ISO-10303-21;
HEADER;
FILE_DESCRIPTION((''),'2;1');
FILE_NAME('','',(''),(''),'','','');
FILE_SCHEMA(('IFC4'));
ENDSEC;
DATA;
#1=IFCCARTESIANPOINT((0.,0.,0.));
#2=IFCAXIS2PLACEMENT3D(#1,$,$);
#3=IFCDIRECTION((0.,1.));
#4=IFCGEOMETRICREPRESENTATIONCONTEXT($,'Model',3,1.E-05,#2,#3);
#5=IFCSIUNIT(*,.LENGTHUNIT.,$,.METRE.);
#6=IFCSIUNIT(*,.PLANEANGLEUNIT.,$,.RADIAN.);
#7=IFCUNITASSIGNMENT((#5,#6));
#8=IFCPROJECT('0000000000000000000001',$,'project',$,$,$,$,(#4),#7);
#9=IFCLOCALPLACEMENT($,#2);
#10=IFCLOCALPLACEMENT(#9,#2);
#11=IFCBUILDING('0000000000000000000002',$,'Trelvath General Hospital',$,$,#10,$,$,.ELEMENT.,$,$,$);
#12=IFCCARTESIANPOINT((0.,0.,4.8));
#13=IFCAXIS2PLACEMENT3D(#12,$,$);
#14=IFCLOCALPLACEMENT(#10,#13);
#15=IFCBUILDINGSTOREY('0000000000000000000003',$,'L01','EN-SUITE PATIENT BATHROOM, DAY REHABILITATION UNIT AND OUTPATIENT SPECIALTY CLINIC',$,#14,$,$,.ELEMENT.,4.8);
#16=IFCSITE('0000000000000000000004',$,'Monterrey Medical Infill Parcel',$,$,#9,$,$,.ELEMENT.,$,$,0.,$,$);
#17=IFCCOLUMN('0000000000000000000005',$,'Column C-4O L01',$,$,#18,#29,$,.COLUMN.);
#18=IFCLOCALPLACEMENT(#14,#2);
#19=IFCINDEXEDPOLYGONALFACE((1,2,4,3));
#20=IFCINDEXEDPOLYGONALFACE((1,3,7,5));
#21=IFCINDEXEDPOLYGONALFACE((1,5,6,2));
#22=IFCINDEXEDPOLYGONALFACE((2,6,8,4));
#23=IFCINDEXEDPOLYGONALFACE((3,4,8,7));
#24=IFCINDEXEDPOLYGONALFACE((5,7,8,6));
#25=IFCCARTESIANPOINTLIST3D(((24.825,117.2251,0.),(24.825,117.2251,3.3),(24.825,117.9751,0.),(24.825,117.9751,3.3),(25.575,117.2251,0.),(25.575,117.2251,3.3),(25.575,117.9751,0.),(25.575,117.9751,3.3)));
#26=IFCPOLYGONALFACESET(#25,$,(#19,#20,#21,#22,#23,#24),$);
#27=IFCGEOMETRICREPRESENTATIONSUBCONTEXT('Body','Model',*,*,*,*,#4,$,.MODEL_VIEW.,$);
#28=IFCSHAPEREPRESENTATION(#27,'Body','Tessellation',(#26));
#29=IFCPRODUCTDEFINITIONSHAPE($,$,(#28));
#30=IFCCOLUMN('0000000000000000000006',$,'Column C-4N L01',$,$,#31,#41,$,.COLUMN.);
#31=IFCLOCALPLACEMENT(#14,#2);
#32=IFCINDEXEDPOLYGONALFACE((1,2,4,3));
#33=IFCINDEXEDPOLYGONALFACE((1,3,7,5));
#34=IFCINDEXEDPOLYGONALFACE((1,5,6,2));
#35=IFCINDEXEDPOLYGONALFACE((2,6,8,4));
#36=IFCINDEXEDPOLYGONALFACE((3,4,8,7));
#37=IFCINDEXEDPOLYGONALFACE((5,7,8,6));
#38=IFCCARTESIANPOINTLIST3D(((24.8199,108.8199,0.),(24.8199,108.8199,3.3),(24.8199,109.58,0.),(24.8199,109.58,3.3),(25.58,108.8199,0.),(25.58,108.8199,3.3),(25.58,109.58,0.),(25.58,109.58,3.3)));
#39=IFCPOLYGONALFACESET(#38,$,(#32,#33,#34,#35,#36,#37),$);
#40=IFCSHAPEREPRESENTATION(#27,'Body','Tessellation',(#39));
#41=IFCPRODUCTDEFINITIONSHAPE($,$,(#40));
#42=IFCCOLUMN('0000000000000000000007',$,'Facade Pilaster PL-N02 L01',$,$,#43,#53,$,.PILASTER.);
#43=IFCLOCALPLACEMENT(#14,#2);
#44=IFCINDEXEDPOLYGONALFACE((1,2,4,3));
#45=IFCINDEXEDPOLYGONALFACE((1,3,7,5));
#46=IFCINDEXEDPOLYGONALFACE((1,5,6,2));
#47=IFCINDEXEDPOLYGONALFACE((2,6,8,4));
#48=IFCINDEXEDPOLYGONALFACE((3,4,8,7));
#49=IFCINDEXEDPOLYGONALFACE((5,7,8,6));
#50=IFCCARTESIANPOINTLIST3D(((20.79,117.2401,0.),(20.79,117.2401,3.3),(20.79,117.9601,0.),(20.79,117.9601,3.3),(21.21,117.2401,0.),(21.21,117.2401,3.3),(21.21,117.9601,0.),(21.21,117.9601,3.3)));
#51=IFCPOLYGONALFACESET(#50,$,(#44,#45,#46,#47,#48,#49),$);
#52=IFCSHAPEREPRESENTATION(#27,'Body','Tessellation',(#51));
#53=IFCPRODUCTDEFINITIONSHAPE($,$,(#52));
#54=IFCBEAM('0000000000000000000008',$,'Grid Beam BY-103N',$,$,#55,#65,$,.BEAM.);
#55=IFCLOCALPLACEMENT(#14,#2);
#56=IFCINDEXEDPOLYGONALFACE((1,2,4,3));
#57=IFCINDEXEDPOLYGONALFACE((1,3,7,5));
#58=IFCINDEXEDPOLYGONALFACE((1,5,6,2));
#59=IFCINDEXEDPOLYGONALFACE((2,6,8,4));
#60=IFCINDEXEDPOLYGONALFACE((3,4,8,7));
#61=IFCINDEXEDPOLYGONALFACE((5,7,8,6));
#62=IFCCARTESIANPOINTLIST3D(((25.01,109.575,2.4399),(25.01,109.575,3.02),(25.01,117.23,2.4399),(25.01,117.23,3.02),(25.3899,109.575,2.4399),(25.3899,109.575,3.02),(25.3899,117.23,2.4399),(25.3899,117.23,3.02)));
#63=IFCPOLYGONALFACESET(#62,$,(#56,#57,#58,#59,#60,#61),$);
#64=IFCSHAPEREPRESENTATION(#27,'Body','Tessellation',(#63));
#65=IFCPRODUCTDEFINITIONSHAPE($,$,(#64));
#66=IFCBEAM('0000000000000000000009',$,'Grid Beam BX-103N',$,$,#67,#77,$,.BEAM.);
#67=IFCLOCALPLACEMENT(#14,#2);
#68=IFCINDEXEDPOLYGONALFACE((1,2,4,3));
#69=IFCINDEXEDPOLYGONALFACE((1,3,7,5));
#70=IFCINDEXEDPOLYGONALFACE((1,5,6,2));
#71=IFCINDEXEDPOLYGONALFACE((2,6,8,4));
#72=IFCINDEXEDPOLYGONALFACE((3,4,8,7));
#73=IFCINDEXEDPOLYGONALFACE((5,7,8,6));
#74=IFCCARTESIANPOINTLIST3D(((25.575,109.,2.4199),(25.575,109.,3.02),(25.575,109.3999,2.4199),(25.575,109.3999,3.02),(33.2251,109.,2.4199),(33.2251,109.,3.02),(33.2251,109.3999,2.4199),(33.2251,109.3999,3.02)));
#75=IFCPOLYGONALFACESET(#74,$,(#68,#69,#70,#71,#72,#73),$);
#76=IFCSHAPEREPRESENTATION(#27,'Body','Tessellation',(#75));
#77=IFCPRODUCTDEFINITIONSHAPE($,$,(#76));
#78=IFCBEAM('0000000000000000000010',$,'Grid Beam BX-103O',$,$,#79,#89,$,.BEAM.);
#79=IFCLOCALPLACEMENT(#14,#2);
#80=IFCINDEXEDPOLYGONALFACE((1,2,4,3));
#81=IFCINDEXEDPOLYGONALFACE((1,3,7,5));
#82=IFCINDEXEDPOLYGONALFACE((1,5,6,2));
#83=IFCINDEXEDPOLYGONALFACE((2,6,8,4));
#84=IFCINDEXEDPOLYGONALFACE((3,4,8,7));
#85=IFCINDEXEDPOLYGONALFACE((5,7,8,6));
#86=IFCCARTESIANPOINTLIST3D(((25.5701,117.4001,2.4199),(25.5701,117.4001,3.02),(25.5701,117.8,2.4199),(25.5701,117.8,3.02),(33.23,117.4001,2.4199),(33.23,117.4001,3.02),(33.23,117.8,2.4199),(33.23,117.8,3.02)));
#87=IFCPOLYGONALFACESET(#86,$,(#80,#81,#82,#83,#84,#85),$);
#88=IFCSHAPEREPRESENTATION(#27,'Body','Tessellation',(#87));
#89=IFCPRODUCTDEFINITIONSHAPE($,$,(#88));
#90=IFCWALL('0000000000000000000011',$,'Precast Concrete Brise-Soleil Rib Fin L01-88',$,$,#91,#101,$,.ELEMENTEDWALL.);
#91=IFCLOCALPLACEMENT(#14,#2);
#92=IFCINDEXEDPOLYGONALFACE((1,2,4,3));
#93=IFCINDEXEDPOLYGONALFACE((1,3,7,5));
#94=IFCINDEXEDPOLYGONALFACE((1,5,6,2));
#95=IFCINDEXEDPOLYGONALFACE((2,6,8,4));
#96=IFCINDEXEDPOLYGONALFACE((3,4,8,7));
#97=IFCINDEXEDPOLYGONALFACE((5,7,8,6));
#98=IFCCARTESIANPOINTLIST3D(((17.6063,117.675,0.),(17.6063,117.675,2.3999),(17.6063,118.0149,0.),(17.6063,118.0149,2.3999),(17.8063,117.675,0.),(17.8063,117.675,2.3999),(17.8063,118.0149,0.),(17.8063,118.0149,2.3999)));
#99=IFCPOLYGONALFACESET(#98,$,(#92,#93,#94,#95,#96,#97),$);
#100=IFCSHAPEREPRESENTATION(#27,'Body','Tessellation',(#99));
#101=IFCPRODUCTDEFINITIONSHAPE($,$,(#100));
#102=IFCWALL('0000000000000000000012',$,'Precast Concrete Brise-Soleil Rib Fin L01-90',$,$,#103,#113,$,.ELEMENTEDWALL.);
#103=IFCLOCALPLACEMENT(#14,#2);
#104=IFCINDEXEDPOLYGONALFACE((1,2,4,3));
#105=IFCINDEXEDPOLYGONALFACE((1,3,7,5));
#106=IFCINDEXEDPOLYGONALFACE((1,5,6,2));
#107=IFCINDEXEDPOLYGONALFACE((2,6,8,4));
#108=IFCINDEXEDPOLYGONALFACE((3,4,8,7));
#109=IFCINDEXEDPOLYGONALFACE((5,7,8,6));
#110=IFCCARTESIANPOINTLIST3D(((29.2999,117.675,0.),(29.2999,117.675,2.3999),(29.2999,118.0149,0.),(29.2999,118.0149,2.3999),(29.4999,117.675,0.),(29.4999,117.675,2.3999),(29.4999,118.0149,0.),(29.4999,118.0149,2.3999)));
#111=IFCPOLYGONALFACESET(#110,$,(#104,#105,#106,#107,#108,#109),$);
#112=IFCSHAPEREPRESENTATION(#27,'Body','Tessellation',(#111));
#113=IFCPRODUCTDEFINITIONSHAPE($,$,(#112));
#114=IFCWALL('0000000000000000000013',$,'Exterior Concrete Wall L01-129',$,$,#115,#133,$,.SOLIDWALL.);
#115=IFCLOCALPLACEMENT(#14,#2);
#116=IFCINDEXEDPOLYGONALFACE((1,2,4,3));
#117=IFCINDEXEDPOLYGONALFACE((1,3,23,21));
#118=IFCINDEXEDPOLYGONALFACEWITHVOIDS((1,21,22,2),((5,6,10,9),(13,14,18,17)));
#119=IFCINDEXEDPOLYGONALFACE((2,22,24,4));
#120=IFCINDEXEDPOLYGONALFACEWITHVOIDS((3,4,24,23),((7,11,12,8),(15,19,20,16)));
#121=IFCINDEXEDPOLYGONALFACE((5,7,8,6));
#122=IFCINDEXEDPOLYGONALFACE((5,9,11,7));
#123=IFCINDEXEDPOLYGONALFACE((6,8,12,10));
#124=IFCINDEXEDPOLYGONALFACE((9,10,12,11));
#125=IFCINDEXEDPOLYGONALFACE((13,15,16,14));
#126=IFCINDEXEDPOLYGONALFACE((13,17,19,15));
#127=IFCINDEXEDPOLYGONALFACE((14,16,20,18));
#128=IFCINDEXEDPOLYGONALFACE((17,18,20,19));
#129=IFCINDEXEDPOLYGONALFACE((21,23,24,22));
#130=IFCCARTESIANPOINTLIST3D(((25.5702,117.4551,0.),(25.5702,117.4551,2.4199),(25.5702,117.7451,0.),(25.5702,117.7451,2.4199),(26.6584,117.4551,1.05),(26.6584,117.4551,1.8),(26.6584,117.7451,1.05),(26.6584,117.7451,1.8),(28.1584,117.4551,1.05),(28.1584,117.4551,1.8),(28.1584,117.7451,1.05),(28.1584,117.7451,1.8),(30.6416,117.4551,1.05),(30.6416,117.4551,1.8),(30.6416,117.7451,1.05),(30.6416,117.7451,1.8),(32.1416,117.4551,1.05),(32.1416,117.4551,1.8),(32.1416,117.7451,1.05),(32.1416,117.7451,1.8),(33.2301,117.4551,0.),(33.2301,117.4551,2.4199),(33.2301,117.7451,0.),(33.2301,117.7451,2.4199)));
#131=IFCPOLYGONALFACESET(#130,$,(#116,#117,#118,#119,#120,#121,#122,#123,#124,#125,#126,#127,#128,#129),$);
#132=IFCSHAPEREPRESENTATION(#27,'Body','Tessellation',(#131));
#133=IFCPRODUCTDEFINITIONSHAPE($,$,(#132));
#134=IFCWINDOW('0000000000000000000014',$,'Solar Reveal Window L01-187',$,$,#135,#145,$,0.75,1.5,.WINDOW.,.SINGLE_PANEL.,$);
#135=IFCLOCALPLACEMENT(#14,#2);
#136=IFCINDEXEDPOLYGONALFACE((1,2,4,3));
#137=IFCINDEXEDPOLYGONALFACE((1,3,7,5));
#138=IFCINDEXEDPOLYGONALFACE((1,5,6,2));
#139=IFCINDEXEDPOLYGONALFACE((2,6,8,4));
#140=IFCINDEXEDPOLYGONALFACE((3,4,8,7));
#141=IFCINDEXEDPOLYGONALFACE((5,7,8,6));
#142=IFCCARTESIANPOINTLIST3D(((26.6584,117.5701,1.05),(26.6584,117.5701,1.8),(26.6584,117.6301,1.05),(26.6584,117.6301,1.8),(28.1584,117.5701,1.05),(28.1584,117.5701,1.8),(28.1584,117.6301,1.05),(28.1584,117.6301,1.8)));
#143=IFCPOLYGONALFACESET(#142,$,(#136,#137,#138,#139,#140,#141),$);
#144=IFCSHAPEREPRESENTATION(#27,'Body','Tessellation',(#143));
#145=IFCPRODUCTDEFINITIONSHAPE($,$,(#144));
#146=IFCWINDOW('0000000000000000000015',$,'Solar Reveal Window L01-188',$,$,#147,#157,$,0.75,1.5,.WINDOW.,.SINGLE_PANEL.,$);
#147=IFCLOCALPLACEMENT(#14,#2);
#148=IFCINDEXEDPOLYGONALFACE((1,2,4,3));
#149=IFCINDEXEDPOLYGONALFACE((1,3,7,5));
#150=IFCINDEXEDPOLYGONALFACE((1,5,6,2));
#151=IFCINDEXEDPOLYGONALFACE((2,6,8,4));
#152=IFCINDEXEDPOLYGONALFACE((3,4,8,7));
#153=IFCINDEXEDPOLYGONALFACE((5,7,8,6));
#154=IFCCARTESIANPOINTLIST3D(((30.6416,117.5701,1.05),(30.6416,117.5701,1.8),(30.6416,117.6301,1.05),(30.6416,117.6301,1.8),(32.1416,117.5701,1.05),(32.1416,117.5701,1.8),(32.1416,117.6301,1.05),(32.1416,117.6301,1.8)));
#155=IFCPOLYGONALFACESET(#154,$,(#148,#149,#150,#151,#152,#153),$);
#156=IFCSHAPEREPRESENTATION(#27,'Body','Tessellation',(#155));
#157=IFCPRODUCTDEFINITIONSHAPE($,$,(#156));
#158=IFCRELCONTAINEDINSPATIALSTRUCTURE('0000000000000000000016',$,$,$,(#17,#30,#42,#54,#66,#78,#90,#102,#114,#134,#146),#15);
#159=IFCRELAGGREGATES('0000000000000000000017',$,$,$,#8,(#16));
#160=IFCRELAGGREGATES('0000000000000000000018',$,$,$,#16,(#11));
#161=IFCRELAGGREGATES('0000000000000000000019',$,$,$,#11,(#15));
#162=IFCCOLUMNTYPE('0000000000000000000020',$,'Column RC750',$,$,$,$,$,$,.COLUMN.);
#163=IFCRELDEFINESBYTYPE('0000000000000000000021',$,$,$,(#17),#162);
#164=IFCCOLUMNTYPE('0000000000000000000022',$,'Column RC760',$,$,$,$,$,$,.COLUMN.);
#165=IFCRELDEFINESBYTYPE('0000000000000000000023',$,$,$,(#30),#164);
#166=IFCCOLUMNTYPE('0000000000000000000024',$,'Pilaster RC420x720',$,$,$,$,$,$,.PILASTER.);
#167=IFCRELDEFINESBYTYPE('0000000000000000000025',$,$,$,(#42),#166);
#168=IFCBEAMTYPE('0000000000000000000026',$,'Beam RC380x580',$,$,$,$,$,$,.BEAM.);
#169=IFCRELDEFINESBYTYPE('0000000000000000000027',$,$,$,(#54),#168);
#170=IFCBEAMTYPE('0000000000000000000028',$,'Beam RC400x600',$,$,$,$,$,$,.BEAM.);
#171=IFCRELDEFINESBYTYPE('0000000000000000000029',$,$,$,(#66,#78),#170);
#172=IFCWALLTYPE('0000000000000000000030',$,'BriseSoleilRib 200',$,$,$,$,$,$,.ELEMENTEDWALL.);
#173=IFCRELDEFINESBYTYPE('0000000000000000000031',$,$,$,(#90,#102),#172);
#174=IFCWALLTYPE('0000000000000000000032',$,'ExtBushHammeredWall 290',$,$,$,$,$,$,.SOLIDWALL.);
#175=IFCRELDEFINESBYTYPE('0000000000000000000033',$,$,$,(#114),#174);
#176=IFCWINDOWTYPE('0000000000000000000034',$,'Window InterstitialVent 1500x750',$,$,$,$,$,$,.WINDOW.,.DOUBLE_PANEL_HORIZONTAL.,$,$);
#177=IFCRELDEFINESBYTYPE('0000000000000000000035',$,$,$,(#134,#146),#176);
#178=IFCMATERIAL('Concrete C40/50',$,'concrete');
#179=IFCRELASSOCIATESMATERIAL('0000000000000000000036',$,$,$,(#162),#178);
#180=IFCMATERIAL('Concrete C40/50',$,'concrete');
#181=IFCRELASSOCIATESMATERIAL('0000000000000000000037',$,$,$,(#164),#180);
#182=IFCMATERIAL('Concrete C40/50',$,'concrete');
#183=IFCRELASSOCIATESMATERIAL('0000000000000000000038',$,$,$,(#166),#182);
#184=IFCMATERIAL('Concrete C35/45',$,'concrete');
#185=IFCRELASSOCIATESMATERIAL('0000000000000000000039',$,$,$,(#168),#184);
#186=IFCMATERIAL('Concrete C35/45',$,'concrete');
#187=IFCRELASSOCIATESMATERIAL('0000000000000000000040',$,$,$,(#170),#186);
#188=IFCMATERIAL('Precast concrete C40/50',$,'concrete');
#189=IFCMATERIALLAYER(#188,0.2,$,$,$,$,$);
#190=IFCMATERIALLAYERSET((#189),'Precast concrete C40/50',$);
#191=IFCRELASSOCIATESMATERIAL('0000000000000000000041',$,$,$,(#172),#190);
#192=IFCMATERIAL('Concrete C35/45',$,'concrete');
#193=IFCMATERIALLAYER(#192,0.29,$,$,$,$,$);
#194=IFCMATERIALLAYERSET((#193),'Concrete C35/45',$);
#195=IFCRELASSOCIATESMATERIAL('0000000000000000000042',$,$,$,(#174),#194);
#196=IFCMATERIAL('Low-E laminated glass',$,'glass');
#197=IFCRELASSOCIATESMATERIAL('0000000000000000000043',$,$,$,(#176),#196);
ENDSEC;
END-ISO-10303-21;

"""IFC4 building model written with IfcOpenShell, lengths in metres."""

from ifc_helpers import new_model, si_unit, direction, frame, frame_2d, origin, origin_2d, place, context, subcontext, project, spatial, rectangle, extrude, material, layer, layer_set, material_profile, profile_set, type_object, element, fill, save


model = new_model("IFC4")

# Units and contexts
model_context = context("Model", 3, precision=1e-05, world=origin(), true_north=direction((0.0, 1.0)))
body_context = subcontext(model_context, "Body", "Model", "MODEL_VIEW")
ifc_project = project(units=[si_unit("LENGTHUNIT", "METRE"), si_unit("PLANEANGLEUNIT", "RADIAN")], contexts=[model_context])

# Site, building, storey
site_placement = place(None, origin())
site = spatial("IfcSite", under=ifc_project, at=site_placement, Name="Monterrey Medical Infill Parcel", CompositionType="ELEMENT", RefElevation=0.0)
building_placement = place(site_placement, origin())
building = spatial("IfcBuilding", under=site, at=building_placement, Name="Trelvath General Hospital", CompositionType="ELEMENT")
storey_placement = place(building_placement, frame((0.0, 0.0, 4.8)))
storey = spatial("IfcBuildingStorey", under=building, at=storey_placement, Name="L01", Description="EN-SUITE PATIENT BATHROOM, DAY REHABILITATION UNIT AND OUTPATIENT SPECIALTY CLINIC", CompositionType="ELEMENT", Elevation=4.8)

# Columns
ifc_material_1 = material(Name="Concrete C40/50", Category="concrete")
ifc_material_profile_1 = material_profile(ifc_material_1, rectangle(XDim=0.75, YDim=0.75, at=origin_2d()), Name="RC750x750")
ifc_profile_set_1 = profile_set([ifc_material_profile_1], Name="Concrete C40/50")
column_type_1 = type_object("IfcColumnType", Name="Column RC750", PredefinedType="COLUMN", material=ifc_profile_set_1)
column_1_placement = place(storey_placement, frame((25.2, 117.6001, 0.0), z_axis=(0.0, 0.0, 1.0), x_axis=(1.0, 0.0, 0.0)))
element("IfcColumn", 1, at=column_1_placement, inside=storey, type_object=column_type_1, Name="Column C-4O L01", PredefinedType="COLUMN", context=body_context, shape_type="SweptSolid", body=[
    extrude(rectangle(XDim=0.75, YDim=0.75, at=origin_2d()), origin(), (0.0, 0.0, 1.0), 3.3),
])
ifc_material_2 = material(Name="Concrete C40/50", Category="concrete")
ifc_material_profile_2 = material_profile(ifc_material_2, rectangle(XDim=0.76, YDim=0.76, at=origin_2d()), Name="RC760x760")
ifc_profile_set_2 = profile_set([ifc_material_profile_2], Name="Concrete C40/50")
column_type_2 = type_object("IfcColumnType", Name="Column RC760", PredefinedType="COLUMN", material=ifc_profile_set_2)
column_2_placement = place(storey_placement, frame((25.2, 109.2, 0.0), z_axis=(0.0, 0.0, 1.0), x_axis=(1.0, 0.0, 0.0)))
element("IfcColumn", 2, at=column_2_placement, inside=storey, type_object=column_type_2, Name="Column C-4N L01", PredefinedType="COLUMN", context=body_context, shape_type="SweptSolid", body=[
    extrude(rectangle(XDim=0.76, YDim=0.76, at=origin_2d()), origin(), (0.0, 0.0, 1.0), 3.3),
])
ifc_material_3 = material(Name="Concrete C40/50", Category="concrete")
ifc_material_profile_3 = material_profile(ifc_material_3, rectangle(XDim=0.4199, YDim=0.72, at=origin_2d()), Name="RC420x720")
ifc_profile_set_3 = profile_set([ifc_material_profile_3], Name="Concrete C40/50")
column_type_3 = type_object("IfcColumnType", Name="Pilaster RC420x720", PredefinedType="PILASTER", material=ifc_profile_set_3)
column_3_placement = place(storey_placement, frame((21.0, 117.6001, 0.0), z_axis=(0.0, 0.0, 1.0), x_axis=(1.0, 0.0, 0.0)))
element("IfcColumn", 3, at=column_3_placement, inside=storey, type_object=column_type_3, Name="Facade Pilaster PL-N02 L01", PredefinedType="PILASTER", context=body_context, shape_type="SweptSolid", body=[
    extrude(rectangle(XDim=0.4199, YDim=0.72, at=origin_2d()), origin(), (0.0, 0.0, 1.0), 3.3),
])

# Beams
ifc_material_4 = material(Name="Concrete C35/45", Category="concrete")
ifc_material_profile_4 = material_profile(ifc_material_4, rectangle(XDim=0.3799, YDim=0.5801, at=origin_2d()), Name="RCB380x580")
ifc_profile_set_4 = profile_set([ifc_material_profile_4], Name="Concrete C35/45")
beam_type_1 = type_object("IfcBeamType", Name="Beam RC380x580", PredefinedType="BEAM", material=ifc_profile_set_4)
beam_1_placement = place(storey_placement, frame((25.2, 109.575, 2.73), z_axis=(0.0, 1.0, 0.0), x_axis=(-1.0, 0.0, 0.0)))
element("IfcBeam", 4, at=beam_1_placement, inside=storey, type_object=beam_type_1, Name="Grid Beam BY-103N", PredefinedType="BEAM", context=body_context, shape_type="SweptSolid", body=[
    extrude(rectangle(XDim=0.3799, YDim=0.5801, at=origin_2d()), origin(), (0.0, 0.0, 1.0), 7.655),
])
ifc_material_5 = material(Name="Concrete C35/45", Category="concrete")
ifc_material_profile_5 = material_profile(ifc_material_5, rectangle(XDim=0.3999, YDim=0.6001, at=origin_2d()), Name="RCB400x600")
ifc_profile_set_5 = profile_set([ifc_material_profile_5], Name="Concrete C35/45")
beam_type_2 = type_object("IfcBeamType", Name="Beam RC400x600", PredefinedType="BEAM", material=ifc_profile_set_5)
beam_2_placement = place(storey_placement, frame((25.575, 109.2, 2.72), z_axis=(1.0, 0.0, 0.0), x_axis=(0.0, 1.0, 0.0)))
element("IfcBeam", 5, at=beam_2_placement, inside=storey, type_object=beam_type_2, Name="Grid Beam BX-103N", PredefinedType="BEAM", context=body_context, shape_type="SweptSolid", body=[
    extrude(rectangle(XDim=0.3999, YDim=0.6001, at=origin_2d()), origin(), (0.0, 0.0, 1.0), 7.6501),
])
beam_3_placement = place(storey_placement, frame((25.5701, 117.6001, 2.72), z_axis=(1.0, 0.0, 0.0), x_axis=(0.0, 1.0, 0.0)))
element("IfcBeam", 6, at=beam_3_placement, inside=storey, type_object=beam_type_2, Name="Grid Beam BX-103O", PredefinedType="BEAM", context=body_context, shape_type="SweptSolid", body=[
    extrude(rectangle(XDim=0.3999, YDim=0.6001, at=origin_2d()), origin(), (0.0, 0.0, 1.0), 7.6599),
])

# Walls
ifc_material_6 = material(Name="Precast concrete C40/50", Category="concrete")
ifc_layer_1 = layer(ifc_material_6, 0.2)
ifc_layer_set_1 = layer_set([ifc_layer_1], Name="Precast concrete C40/50")
wall_type_1 = type_object("IfcWallType", Name="BriseSoleilRib 200", PredefinedType="ELEMENTEDWALL", material=ifc_layer_set_1)
for number, where, z_axis, x_axis, name in (
    (7, (17.7063, 117.675, 0.0), (0.0, 0.0, 1.0), (0.0, 1.0, 0.0), "Precast Concrete Brise-Soleil Rib Fin L01-88"),
    (8, (29.3999, 117.675, 0.0), (0.0, 0.0, 1.0), (0.0, 1.0, 0.0), "Precast Concrete Brise-Soleil Rib Fin L01-90"),
):
    element("IfcWall", number, at=place(storey_placement, frame(where, z_axis=z_axis, x_axis=x_axis)), inside=storey, type_object=wall_type_1, Name=name, PredefinedType="ELEMENTEDWALL", context=body_context, shape_type="SweptSolid", body=[
        extrude(rectangle(XDim=0.3398, YDim=0.2, at=frame_2d((0.1699, 0.0))), origin(), (0.0, 0.0, 1.0), 2.3999),
    ])

# Wall, openings, windows
ifc_material_7 = material(Name="Concrete C35/45", Category="concrete")
ifc_layer_2 = layer(ifc_material_7, 0.29)
ifc_layer_set_2 = layer_set([ifc_layer_2], Name="Concrete C35/45")
wall_type_2 = type_object("IfcWallType", Name="ExtBushHammeredWall 290", PredefinedType="SOLIDWALL", material=ifc_layer_set_2)
wall_1_placement = place(storey_placement, frame((25.5701, 117.6001, 0.0), z_axis=(0.0, 0.0, 1.0), x_axis=(1.0, 0.0, 0.0)))
wall_1 = element("IfcWall", 9, at=wall_1_placement, inside=storey, type_object=wall_type_2, Name="Exterior Concrete Wall L01-129", PredefinedType="SOLIDWALL", context=body_context, shape_type="SweptSolid", body=[
    extrude(rectangle(XDim=7.6599, YDim=0.29, at=frame_2d((3.8301, 0.0))), origin(), (0.0, 0.0, 1.0), 2.4199),
])
opening_1_placement = place(wall_1_placement, frame((1.0884, 0.0, 1.05)))
opening_1 = element("IfcOpeningElement", 10, at=opening_1_placement, cuts=wall_1, PredefinedType="OPENING", context=body_context, shape_type="SweptSolid", body=[
    extrude(rectangle(XDim=1.5, YDim=0.75, at=frame_2d((0.75, 0.375))), frame((0.0, 0.155, 0.0), z_axis=(0.0, -1.0, 0.0), x_axis=(1.0, 0.0, 0.0)), (0.0, 0.0, 1.0), 0.3101),
])
opening_2_placement = place(wall_1_placement, frame((5.0715, 0.0, 1.05)))
opening_2 = element("IfcOpeningElement", 11, at=opening_2_placement, cuts=wall_1, PredefinedType="OPENING", context=body_context, shape_type="SweptSolid", body=[
    extrude(rectangle(XDim=1.5, YDim=0.75, at=frame_2d((0.75, 0.375))), frame((0.0, 0.155, 0.0), z_axis=(0.0, -1.0, 0.0), x_axis=(1.0, 0.0, 0.0)), (0.0, 0.0, 1.0), 0.3101),
])
ifc_material_8 = material(Name="Low-E laminated glass", Category="glass")
window_type = type_object("IfcWindowType", Name="Window InterstitialVent 1500x750", PartitioningType="DOUBLE_PANEL_HORIZONTAL", PredefinedType="WINDOW", material=ifc_material_8)
window_1_placement = place(opening_1_placement, origin())
window_1 = element("IfcWindow", 12, at=window_1_placement, inside=storey, type_object=window_type, Name="Solar Reveal Window L01-187", OverallHeight=0.75, OverallWidth=1.5, PartitioningType="SINGLE_PANEL", PredefinedType="WINDOW", context=body_context, shape_type="SweptSolid", body=[
    extrude(rectangle(XDim=1.5, YDim=0.75, at=frame_2d((0.75, 0.375))), frame((0.0, 0.03, 0.0), z_axis=(0.0, -1.0, 0.0), x_axis=(1.0, 0.0, 0.0)), (0.0, 0.0, 1.0), 0.0601),
])
fill(opening_1, window_1)
window_2_placement = place(opening_2_placement, origin())
window_2 = element("IfcWindow", 13, at=window_2_placement, inside=storey, type_object=window_type, Name="Solar Reveal Window L01-188", OverallHeight=0.75, OverallWidth=1.5, PartitioningType="SINGLE_PANEL", PredefinedType="WINDOW", context=body_context, shape_type="SweptSolid", body=[
    extrude(rectangle(XDim=1.5, YDim=0.75, at=frame_2d((0.75, 0.375))), frame((0.0, 0.03, 0.0), z_axis=(0.0, -1.0, 0.0), x_axis=(1.0, 0.0, 0.0)), (0.0, 0.0, 1.0), 0.0601),
])
fill(opening_2, window_2)

save(model, "model.ifc")
